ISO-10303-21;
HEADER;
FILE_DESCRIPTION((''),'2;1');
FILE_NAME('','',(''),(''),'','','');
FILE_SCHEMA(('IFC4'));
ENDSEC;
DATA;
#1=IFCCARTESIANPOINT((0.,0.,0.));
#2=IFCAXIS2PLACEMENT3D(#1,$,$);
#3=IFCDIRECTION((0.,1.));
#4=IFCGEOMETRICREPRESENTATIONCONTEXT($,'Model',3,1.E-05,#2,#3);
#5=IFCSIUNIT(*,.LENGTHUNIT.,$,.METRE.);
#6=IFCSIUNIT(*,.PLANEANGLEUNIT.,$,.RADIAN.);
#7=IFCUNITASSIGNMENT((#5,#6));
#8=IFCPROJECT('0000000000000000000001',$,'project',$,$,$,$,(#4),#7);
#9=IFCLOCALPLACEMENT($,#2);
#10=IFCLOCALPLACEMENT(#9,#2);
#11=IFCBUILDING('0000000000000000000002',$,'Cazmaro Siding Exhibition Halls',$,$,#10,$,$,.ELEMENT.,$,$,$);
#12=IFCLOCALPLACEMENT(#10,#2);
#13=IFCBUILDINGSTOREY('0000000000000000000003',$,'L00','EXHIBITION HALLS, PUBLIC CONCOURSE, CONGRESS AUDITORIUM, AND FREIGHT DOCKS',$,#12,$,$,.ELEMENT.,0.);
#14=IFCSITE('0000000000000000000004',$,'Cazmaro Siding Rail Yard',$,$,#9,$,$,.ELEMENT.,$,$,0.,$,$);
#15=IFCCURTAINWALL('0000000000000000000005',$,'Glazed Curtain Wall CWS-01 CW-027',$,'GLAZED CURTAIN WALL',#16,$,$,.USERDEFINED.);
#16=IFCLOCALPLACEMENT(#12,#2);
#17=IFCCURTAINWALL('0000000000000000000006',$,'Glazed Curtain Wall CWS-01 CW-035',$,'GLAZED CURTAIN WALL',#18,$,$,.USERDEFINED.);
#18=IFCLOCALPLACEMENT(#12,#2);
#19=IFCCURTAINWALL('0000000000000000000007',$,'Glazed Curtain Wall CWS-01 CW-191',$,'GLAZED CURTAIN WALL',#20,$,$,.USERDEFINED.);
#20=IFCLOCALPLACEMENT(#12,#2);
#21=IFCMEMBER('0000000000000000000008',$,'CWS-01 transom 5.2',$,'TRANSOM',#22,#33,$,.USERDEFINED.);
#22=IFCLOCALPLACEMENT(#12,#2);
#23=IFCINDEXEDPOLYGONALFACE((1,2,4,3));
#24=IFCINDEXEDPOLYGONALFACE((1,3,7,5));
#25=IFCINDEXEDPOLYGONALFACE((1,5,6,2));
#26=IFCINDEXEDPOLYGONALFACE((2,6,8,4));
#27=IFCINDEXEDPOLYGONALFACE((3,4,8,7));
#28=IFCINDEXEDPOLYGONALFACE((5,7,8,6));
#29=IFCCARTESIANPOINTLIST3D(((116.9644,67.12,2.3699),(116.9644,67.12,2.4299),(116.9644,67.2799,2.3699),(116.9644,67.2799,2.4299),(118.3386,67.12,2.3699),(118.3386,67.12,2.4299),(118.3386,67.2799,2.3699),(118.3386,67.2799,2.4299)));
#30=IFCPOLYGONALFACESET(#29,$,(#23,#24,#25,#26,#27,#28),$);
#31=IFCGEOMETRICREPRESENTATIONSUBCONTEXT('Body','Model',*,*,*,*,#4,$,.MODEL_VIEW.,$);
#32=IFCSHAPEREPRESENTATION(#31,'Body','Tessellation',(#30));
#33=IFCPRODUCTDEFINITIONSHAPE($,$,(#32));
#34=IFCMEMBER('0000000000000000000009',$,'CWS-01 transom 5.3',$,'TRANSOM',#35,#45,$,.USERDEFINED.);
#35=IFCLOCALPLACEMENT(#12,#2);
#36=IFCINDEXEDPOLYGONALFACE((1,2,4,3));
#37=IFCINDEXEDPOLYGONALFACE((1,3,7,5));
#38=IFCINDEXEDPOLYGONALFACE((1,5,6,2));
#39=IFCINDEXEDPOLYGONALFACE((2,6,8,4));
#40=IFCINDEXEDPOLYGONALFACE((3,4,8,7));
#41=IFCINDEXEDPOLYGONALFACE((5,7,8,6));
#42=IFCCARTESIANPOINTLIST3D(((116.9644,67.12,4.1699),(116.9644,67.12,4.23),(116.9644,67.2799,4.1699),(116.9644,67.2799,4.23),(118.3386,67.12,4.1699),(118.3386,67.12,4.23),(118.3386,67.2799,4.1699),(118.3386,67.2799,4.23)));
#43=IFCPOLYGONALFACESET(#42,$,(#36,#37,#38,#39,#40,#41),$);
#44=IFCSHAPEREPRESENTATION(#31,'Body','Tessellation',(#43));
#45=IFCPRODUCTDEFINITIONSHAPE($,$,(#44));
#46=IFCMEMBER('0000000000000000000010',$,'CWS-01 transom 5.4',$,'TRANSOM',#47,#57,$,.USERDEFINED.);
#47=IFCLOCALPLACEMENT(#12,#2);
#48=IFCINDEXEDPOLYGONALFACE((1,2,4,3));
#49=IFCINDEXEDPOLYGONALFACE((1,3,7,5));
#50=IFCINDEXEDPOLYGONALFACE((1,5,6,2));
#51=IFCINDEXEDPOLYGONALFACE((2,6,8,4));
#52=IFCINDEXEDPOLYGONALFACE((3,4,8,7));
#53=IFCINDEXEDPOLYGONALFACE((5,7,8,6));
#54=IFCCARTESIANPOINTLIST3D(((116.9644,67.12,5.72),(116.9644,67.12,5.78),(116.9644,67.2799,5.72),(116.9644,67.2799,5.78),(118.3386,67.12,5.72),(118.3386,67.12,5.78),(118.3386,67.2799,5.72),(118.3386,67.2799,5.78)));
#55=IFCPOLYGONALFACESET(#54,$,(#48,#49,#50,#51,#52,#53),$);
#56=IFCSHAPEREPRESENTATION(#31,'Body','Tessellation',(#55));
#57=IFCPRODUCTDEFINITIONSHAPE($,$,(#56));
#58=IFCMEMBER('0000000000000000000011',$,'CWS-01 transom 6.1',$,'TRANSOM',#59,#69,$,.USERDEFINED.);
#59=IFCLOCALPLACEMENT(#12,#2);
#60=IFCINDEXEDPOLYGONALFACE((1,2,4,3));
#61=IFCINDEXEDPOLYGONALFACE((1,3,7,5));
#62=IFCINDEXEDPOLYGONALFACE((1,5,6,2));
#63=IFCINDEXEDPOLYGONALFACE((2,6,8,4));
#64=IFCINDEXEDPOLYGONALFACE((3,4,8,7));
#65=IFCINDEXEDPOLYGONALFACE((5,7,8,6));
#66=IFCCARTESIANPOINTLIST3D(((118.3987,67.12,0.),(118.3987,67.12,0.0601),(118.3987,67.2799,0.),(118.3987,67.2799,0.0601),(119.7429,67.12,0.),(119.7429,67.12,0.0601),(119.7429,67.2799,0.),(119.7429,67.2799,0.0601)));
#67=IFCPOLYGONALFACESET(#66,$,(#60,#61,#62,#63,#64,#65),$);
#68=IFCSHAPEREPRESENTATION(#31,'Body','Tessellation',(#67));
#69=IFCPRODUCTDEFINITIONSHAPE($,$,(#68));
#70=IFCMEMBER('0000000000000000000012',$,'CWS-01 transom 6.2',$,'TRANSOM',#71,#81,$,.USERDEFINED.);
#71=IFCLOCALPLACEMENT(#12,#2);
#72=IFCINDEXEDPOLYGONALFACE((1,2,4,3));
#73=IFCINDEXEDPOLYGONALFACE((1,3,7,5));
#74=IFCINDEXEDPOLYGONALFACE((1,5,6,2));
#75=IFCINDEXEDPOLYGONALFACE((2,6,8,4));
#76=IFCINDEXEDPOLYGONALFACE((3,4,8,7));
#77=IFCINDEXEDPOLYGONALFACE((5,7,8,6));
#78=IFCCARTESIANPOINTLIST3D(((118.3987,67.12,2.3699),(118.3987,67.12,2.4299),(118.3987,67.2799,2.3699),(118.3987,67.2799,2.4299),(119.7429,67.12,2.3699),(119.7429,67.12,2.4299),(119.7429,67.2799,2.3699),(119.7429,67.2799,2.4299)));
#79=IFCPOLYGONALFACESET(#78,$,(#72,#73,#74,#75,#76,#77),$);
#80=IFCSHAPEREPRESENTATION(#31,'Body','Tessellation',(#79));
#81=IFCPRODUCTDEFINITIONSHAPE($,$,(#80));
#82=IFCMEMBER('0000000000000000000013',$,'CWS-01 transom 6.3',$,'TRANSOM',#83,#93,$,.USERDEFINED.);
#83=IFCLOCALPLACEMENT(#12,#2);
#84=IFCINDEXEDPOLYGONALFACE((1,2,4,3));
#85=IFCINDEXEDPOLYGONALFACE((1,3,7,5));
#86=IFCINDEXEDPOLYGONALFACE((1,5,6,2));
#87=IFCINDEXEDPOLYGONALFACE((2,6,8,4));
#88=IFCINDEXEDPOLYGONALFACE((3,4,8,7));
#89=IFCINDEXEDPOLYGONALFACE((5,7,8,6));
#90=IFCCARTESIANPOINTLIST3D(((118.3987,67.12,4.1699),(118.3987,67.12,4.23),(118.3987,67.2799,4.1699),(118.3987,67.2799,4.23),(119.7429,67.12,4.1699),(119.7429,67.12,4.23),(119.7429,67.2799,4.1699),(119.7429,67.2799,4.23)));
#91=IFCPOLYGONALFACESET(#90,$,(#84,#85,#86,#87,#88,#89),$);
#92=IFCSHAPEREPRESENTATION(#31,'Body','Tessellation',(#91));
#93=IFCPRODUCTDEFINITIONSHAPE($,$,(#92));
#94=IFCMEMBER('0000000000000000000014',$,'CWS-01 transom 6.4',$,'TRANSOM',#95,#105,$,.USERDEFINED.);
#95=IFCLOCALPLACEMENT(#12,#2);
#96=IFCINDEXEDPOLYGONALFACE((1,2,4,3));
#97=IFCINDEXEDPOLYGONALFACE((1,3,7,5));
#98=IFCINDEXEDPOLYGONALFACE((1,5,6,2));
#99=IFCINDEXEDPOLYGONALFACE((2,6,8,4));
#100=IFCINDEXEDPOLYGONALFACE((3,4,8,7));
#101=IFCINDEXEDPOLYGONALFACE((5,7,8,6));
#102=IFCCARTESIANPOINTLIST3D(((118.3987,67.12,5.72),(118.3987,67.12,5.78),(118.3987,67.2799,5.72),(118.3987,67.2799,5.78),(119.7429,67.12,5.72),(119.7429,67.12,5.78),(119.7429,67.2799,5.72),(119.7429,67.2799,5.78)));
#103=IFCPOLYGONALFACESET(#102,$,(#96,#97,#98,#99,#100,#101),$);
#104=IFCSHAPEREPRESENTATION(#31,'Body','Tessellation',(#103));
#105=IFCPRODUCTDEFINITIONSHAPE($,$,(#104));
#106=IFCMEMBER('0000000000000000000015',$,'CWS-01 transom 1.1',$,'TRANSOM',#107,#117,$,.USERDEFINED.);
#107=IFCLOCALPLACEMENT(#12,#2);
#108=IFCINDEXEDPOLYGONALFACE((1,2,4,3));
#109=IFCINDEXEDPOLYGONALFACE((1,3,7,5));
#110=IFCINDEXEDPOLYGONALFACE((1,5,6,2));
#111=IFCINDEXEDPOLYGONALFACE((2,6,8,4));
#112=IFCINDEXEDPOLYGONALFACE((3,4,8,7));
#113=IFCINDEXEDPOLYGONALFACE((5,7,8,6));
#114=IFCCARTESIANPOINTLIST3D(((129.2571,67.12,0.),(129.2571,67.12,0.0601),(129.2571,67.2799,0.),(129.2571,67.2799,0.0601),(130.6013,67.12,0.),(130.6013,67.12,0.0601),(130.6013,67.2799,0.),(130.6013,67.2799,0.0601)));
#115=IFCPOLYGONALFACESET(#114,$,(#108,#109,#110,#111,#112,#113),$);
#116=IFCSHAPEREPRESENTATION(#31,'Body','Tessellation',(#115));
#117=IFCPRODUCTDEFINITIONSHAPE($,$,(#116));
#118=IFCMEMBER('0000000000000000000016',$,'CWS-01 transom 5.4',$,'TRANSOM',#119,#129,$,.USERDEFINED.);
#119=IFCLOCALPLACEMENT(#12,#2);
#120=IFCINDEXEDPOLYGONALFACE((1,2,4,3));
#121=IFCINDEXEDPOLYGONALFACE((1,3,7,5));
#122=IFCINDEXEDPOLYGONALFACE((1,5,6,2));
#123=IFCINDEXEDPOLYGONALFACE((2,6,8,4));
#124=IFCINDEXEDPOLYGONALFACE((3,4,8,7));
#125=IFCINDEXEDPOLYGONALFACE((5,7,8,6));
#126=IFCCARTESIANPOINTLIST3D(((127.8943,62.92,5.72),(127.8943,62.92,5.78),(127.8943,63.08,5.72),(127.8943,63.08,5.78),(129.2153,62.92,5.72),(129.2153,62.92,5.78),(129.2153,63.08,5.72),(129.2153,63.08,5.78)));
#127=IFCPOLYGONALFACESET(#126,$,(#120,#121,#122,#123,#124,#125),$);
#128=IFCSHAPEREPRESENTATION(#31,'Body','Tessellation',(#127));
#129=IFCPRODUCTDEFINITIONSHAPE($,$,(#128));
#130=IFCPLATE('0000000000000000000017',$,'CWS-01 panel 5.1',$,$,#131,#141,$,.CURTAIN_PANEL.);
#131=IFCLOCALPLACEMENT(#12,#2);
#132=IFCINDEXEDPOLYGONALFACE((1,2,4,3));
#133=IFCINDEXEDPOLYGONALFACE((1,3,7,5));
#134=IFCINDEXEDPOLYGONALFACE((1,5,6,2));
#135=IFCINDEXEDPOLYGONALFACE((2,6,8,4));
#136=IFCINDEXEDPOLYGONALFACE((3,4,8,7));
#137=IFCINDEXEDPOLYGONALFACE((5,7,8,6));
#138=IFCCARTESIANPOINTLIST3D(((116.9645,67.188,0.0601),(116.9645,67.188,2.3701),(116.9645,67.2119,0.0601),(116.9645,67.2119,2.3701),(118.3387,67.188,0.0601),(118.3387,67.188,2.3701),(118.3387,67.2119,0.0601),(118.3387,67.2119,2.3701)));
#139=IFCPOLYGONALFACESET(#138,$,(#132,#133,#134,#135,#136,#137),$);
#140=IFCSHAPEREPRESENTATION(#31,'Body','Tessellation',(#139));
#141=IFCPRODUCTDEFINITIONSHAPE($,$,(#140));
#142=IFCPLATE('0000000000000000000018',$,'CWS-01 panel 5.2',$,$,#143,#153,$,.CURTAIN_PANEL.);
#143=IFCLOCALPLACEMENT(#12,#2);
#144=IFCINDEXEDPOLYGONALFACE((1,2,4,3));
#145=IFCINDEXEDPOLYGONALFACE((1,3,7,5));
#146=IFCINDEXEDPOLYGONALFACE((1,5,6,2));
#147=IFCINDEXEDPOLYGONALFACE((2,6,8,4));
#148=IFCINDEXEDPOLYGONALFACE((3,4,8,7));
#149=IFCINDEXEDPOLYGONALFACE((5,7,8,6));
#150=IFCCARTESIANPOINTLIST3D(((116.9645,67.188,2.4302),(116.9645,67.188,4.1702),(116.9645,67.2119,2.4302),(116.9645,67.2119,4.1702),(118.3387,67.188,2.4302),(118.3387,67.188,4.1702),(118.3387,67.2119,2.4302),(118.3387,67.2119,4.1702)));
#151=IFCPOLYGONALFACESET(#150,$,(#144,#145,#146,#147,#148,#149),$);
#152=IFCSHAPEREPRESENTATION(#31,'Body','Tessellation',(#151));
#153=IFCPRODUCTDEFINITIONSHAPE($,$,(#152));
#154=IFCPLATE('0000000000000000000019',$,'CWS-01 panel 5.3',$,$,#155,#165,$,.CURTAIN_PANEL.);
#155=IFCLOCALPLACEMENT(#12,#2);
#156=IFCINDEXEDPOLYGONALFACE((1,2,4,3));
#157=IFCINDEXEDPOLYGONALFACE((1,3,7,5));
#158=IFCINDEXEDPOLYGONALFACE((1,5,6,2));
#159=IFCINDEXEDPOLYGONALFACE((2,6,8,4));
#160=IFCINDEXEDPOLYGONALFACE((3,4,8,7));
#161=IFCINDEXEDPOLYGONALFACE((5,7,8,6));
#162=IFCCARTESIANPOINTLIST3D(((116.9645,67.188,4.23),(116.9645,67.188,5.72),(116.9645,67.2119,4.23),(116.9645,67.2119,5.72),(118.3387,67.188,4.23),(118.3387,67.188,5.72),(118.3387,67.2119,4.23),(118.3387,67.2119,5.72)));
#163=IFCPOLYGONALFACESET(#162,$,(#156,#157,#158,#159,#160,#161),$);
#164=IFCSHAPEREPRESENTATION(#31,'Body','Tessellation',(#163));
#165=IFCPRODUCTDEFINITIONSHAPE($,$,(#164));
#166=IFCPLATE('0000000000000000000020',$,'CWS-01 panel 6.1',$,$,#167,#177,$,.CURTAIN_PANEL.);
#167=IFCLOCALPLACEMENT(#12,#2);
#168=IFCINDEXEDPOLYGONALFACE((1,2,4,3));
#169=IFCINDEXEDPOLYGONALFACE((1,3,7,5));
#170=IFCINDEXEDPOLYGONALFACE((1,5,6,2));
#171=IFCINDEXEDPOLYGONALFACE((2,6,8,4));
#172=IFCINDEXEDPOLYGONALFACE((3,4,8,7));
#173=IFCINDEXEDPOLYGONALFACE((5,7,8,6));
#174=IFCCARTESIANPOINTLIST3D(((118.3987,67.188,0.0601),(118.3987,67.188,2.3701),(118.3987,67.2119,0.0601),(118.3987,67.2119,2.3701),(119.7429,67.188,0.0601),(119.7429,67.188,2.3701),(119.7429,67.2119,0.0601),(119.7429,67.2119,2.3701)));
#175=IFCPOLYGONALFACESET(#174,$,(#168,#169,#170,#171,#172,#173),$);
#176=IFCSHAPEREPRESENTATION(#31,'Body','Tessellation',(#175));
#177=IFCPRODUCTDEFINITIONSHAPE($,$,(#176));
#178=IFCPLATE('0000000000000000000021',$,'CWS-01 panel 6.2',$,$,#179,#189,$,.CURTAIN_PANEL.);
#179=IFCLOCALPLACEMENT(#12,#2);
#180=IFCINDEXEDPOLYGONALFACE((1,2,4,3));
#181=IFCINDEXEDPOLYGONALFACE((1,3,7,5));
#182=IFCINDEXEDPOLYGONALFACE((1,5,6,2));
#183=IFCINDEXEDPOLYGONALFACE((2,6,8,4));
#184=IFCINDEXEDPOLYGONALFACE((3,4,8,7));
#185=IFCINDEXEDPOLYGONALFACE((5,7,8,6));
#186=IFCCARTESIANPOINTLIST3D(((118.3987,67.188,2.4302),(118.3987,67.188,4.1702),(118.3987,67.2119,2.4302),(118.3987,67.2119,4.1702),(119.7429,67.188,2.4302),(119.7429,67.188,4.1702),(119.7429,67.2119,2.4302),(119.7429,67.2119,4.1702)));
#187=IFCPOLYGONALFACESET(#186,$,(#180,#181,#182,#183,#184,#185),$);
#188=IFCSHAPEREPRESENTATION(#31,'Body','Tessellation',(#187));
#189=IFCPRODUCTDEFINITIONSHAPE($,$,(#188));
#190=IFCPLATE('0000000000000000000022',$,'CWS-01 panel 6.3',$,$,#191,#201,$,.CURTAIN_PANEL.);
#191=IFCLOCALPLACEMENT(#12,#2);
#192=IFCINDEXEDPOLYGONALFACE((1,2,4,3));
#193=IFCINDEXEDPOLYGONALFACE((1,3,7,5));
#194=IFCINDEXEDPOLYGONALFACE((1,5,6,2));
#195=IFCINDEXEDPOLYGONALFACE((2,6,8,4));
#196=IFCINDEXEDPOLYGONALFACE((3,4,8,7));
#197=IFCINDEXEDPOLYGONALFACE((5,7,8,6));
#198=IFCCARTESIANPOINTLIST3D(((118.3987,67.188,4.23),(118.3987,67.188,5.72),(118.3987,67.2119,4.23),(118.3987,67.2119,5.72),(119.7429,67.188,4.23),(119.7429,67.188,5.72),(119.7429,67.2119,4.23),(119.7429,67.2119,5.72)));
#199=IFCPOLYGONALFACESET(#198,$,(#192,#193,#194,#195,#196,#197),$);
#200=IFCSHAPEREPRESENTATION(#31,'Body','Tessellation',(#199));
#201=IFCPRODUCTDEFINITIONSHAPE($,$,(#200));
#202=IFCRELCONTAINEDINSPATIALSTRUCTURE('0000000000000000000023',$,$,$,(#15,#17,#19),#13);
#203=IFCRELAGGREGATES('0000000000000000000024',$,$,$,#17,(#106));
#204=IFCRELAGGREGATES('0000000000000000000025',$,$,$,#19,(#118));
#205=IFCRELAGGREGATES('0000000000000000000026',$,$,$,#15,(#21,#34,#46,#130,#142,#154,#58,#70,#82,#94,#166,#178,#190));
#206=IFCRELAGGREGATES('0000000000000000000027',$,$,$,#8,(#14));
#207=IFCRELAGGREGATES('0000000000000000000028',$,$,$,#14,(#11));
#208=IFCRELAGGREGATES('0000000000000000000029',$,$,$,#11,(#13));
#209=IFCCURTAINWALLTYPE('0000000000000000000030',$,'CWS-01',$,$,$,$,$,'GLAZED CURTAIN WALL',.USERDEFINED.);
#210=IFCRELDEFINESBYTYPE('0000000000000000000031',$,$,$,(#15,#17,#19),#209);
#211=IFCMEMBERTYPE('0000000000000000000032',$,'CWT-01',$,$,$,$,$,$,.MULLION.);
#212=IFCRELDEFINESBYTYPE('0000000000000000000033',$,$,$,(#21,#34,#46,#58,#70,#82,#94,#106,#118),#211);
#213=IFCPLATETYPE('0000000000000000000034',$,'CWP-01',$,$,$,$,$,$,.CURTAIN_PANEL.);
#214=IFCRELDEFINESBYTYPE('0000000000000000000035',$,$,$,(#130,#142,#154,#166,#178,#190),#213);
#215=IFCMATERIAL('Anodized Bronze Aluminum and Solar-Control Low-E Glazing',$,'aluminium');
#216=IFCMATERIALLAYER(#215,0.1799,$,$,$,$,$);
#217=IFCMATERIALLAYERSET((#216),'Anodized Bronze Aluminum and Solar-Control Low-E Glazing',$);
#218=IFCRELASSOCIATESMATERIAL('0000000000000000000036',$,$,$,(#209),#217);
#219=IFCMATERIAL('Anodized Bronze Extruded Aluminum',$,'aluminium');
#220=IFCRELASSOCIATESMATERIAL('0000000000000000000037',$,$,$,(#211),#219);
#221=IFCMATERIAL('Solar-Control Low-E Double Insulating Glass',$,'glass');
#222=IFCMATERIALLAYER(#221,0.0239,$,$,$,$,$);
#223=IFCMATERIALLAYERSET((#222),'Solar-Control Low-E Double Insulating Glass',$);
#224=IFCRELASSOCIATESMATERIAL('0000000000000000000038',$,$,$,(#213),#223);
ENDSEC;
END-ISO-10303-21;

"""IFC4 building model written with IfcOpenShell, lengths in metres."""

from ifc_helpers import new_model, si_unit, direction, frame, origin, origin_2d, place, context, subcontext, project, spatial, rectangle, extrude, material, layer, layer_set, material_profile, profile_set, type_object, element, aggregate, save


model = new_model("IFC4")

# Units and contexts
model_context = context("Model", 3, precision=1e-05, world=origin(), true_north=direction((0.0, 1.0)))
body_context = subcontext(model_context, "Body", "Model", "MODEL_VIEW")
ifc_project = project(units=[si_unit("LENGTHUNIT", "METRE"), si_unit("PLANEANGLEUNIT", "RADIAN")], contexts=[model_context])

# Site, building, storey
site_placement = place(None, origin())
site = spatial("IfcSite", under=ifc_project, at=site_placement, Name="Cazmaro Siding Rail Yard", CompositionType="ELEMENT", RefElevation=0.0)
building_placement = place(site_placement, origin())
building = spatial("IfcBuilding", under=site, at=building_placement, Name="Cazmaro Siding Exhibition Halls", CompositionType="ELEMENT")
storey_placement = place(building_placement, origin())
storey = spatial("IfcBuildingStorey", under=building, at=storey_placement, Name="L00", Description="EXHIBITION HALLS, PUBLIC CONCOURSE, CONGRESS AUDITORIUM, AND FREIGHT DOCKS", CompositionType="ELEMENT", Elevation=0.0)

# Curtain wall
ifc_material_1 = material(Name="Anodized Bronze Aluminum and Solar-Control Low-E Glazing", Category="aluminium")
ifc_layer_1 = layer(ifc_material_1, 0.1799)
ifc_layer_set_1 = layer_set([ifc_layer_1], Name="Anodized Bronze Aluminum and Solar-Control Low-E Glazing")
curtain_wall_type = type_object("IfcCurtainWallType", Name="CWS-01", ElementType="GLAZED CURTAIN WALL", PredefinedType="USERDEFINED", material=ifc_layer_set_1)
curtain_wall_1_placement = place(storey_placement, origin())
curtain_wall_1 = element("IfcCurtainWall", 1, at=curtain_wall_1_placement, inside=storey, type_object=curtain_wall_type, Name="Glazed Curtain Wall CWS-01 CW-027", ObjectType="GLAZED CURTAIN WALL", PredefinedType="USERDEFINED")

# Curtain walls
curtain_wall_2_placement = place(storey_placement, origin())
curtain_wall_2 = element("IfcCurtainWall", 2, at=curtain_wall_2_placement, inside=storey, type_object=curtain_wall_type, Name="Glazed Curtain Wall CWS-01 CW-035", ObjectType="GLAZED CURTAIN WALL", PredefinedType="USERDEFINED")
curtain_wall_3_placement = place(storey_placement, origin())
curtain_wall_3 = element("IfcCurtainWall", 3, at=curtain_wall_3_placement, inside=storey, type_object=curtain_wall_type, Name="Glazed Curtain Wall CWS-01 CW-191", ObjectType="GLAZED CURTAIN WALL", PredefinedType="USERDEFINED")

# Members
ifc_material_2 = material(Name="Anodized Bronze Extruded Aluminum", Category="aluminium")
ifc_material_profile_1 = material_profile(ifc_material_2, rectangle(XDim=0.1599, YDim=0.0601, at=origin_2d()), Name="CWT-01")
ifc_profile_set_1 = profile_set([ifc_material_profile_1], Name="Anodized Bronze Extruded Aluminum")
member_type_1 = type_object("IfcMemberType", Name="CWT-01", PredefinedType="MULLION", material=ifc_profile_set_1)
member_1_placement = place(storey_placement, frame((116.9644, 67.2, 2.3999), z_axis=(1.0, 0.0, 0.0), x_axis=(0.0, 1.0, 0.0)))
member_1 = element("IfcMember", 4, at=member_1_placement, type_object=member_type_1, Name="CWS-01 transom 5.2", ObjectType="TRANSOM", PredefinedType="USERDEFINED", context=body_context, shape_type="SweptSolid", body=[
    extrude(rectangle(XDim=0.1599, YDim=0.0601, at=origin_2d()), origin(), (0.0, 0.0, 1.0), 1.3743),
])
member_2_placement = place(storey_placement, frame((116.9644, 67.2, 4.2), z_axis=(1.0, 0.0, 0.0), x_axis=(0.0, 1.0, 0.0)))
member_2 = element("IfcMember", 5, at=member_2_placement, type_object=member_type_1, Name="CWS-01 transom 5.3", ObjectType="TRANSOM", PredefinedType="USERDEFINED", context=body_context, shape_type="SweptSolid", body=[
    extrude(rectangle(XDim=0.1599, YDim=0.0601, at=origin_2d()), origin(), (0.0, 0.0, 1.0), 1.3743),
])
member_3_placement = place(storey_placement, frame((116.9644, 67.2, 5.75), z_axis=(1.0, 0.0, 0.0), x_axis=(0.0, 1.0, 0.0)))
member_3 = element("IfcMember", 6, at=member_3_placement, type_object=member_type_1, Name="CWS-01 transom 5.4", ObjectType="TRANSOM", PredefinedType="USERDEFINED", context=body_context, shape_type="SweptSolid", body=[
    extrude(rectangle(XDim=0.1599, YDim=0.0601, at=origin_2d()), origin(), (0.0, 0.0, 1.0), 1.3743),
])
member_4_placement = place(storey_placement, frame((118.3987, 67.2, 0.03), z_axis=(1.0, 0.0, 0.0), x_axis=(0.0, 1.0, 0.0)))
member_4 = element("IfcMember", 7, at=member_4_placement, type_object=member_type_1, Name="CWS-01 transom 6.1", ObjectType="TRANSOM", PredefinedType="USERDEFINED", context=body_context, shape_type="SweptSolid", body=[
    extrude(rectangle(XDim=0.1599, YDim=0.0601, at=origin_2d()), origin(), (0.0, 0.0, 1.0), 1.3442),
])
member_5_placement = place(storey_placement, frame((118.3987, 67.2, 2.3999), z_axis=(1.0, 0.0, 0.0), x_axis=(0.0, 1.0, 0.0)))
member_5 = element("IfcMember", 8, at=member_5_placement, type_object=member_type_1, Name="CWS-01 transom 6.2", ObjectType="TRANSOM", PredefinedType="USERDEFINED", context=body_context, shape_type="SweptSolid", body=[
    extrude(rectangle(XDim=0.1599, YDim=0.0601, at=origin_2d()), origin(), (0.0, 0.0, 1.0), 1.3442),
])
member_6_placement = place(storey_placement, frame((118.3987, 67.2, 4.2), z_axis=(1.0, 0.0, 0.0), x_axis=(0.0, 1.0, 0.0)))
member_6 = element("IfcMember", 9, at=member_6_placement, type_object=member_type_1, Name="CWS-01 transom 6.3", ObjectType="TRANSOM", PredefinedType="USERDEFINED", context=body_context, shape_type="SweptSolid", body=[
    extrude(rectangle(XDim=0.1599, YDim=0.0601, at=origin_2d()), origin(), (0.0, 0.0, 1.0), 1.3442),
])
member_7_placement = place(storey_placement, frame((118.3987, 67.2, 5.75), z_axis=(1.0, 0.0, 0.0), x_axis=(0.0, 1.0, 0.0)))
member_7 = element("IfcMember", 10, at=member_7_placement, type_object=member_type_1, Name="CWS-01 transom 6.4", ObjectType="TRANSOM", PredefinedType="USERDEFINED", context=body_context, shape_type="SweptSolid", body=[
    extrude(rectangle(XDim=0.1599, YDim=0.0601, at=origin_2d()), origin(), (0.0, 0.0, 1.0), 1.3442),
])
member_8_placement = place(storey_placement, frame((129.2571, 67.2, 0.03), z_axis=(1.0, 0.0, 0.0), x_axis=(0.0, 1.0, 0.0)))
member_8 = element("IfcMember", 11, at=member_8_placement, type_object=member_type_1, Name="CWS-01 transom 1.1", ObjectType="TRANSOM", PredefinedType="USERDEFINED", context=body_context, shape_type="SweptSolid", body=[
    extrude(rectangle(XDim=0.1599, YDim=0.0601, at=origin_2d()), origin(), (0.0, 0.0, 1.0), 1.3442),
])
aggregate(curtain_wall_2, [member_8])
member_9_placement = place(storey_placement, frame((129.2153, 63.0, 5.75), z_axis=(-1.0, 0.0, 0.0), x_axis=(0.0, -1.0, 0.0)))
member_9 = element("IfcMember", 12, at=member_9_placement, type_object=member_type_1, Name="CWS-01 transom 5.4", ObjectType="TRANSOM", PredefinedType="USERDEFINED", context=body_context, shape_type="SweptSolid", body=[
    extrude(rectangle(XDim=0.1599, YDim=0.0601, at=origin_2d()), origin(), (0.0, 0.0, 1.0), 1.321),
])
aggregate(curtain_wall_3, [member_9])

# Plates
ifc_material_3 = material(Name="Solar-Control Low-E Double Insulating Glass", Category="glass")
ifc_layer_2 = layer(ifc_material_3, 0.0239)
ifc_layer_set_2 = layer_set([ifc_layer_2], Name="Solar-Control Low-E Double Insulating Glass")
plate_type = type_object("IfcPlateType", Name="CWP-01", PredefinedType="CURTAIN_PANEL", material=ifc_layer_set_2)
plate_1_placement = place(storey_placement, frame((117.6516, 67.2, 0.0601), z_axis=(0.0, 0.0, 1.0), x_axis=(1.0, 0.0, 0.0)))
plate_1 = element("IfcPlate", 13, at=plate_1_placement, type_object=plate_type, Name="CWS-01 panel 5.1", PredefinedType="CURTAIN_PANEL", context=body_context, shape_type="SweptSolid", body=[
    extrude(rectangle(XDim=1.3743, YDim=0.0239, at=origin_2d()), origin(), (0.0, 0.0, 1.0), 2.3101),
])
plate_2_placement = place(storey_placement, frame((117.6516, 67.2, 2.4302), z_axis=(0.0, 0.0, 1.0), x_axis=(1.0, 0.0, 0.0)))
plate_2 = element("IfcPlate", 14, at=plate_2_placement, type_object=plate_type, Name="CWS-01 panel 5.2", PredefinedType="CURTAIN_PANEL", context=body_context, shape_type="SweptSolid", body=[
    extrude(rectangle(XDim=1.3743, YDim=0.0239, at=origin_2d()), origin(), (0.0, 0.0, 1.0), 1.74),
])
plate_3_placement = place(storey_placement, frame((117.6516, 67.2, 4.23), z_axis=(0.0, 0.0, 1.0), x_axis=(1.0, 0.0, 0.0)))
plate_3 = element("IfcPlate", 15, at=plate_3_placement, type_object=plate_type, Name="CWS-01 panel 5.3", PredefinedType="CURTAIN_PANEL", context=body_context, shape_type="SweptSolid", body=[
    extrude(rectangle(XDim=1.3743, YDim=0.0239, at=origin_2d()), origin(), (0.0, 0.0, 1.0), 1.49),
])
plate_4_placement = place(storey_placement, frame((119.0708, 67.2, 0.0601), z_axis=(0.0, 0.0, 1.0), x_axis=(1.0, 0.0, 0.0)))
plate_4 = element("IfcPlate", 16, at=plate_4_placement, type_object=plate_type, Name="CWS-01 panel 6.1", PredefinedType="CURTAIN_PANEL", context=body_context, shape_type="SweptSolid", body=[
    extrude(rectangle(XDim=1.3442, YDim=0.0239, at=origin_2d()), origin(), (0.0, 0.0, 1.0), 2.3101),
])
plate_5_placement = place(storey_placement, frame((119.0708, 67.2, 2.4302), z_axis=(0.0, 0.0, 1.0), x_axis=(1.0, 0.0, 0.0)))
plate_5 = element("IfcPlate", 17, at=plate_5_placement, type_object=plate_type, Name="CWS-01 panel 6.2", PredefinedType="CURTAIN_PANEL", context=body_context, shape_type="SweptSolid", body=[
    extrude(rectangle(XDim=1.3442, YDim=0.0239, at=origin_2d()), origin(), (0.0, 0.0, 1.0), 1.74),
])
plate_6_placement = place(storey_placement, frame((119.0708, 67.2, 4.23), z_axis=(0.0, 0.0, 1.0), x_axis=(1.0, 0.0, 0.0)))
plate_6 = element("IfcPlate", 18, at=plate_6_placement, type_object=plate_type, Name="CWS-01 panel 6.3", PredefinedType="CURTAIN_PANEL", context=body_context, shape_type="SweptSolid", body=[
    extrude(rectangle(XDim=1.3442, YDim=0.0239, at=origin_2d()), origin(), (0.0, 0.0, 1.0), 1.49),
])
aggregate(curtain_wall_1, [member_1, member_2, member_3, plate_1, plate_2, plate_3, member_4, member_5, member_6, member_7, plate_4, plate_5, plate_6])

save(model, "model.ifc")
